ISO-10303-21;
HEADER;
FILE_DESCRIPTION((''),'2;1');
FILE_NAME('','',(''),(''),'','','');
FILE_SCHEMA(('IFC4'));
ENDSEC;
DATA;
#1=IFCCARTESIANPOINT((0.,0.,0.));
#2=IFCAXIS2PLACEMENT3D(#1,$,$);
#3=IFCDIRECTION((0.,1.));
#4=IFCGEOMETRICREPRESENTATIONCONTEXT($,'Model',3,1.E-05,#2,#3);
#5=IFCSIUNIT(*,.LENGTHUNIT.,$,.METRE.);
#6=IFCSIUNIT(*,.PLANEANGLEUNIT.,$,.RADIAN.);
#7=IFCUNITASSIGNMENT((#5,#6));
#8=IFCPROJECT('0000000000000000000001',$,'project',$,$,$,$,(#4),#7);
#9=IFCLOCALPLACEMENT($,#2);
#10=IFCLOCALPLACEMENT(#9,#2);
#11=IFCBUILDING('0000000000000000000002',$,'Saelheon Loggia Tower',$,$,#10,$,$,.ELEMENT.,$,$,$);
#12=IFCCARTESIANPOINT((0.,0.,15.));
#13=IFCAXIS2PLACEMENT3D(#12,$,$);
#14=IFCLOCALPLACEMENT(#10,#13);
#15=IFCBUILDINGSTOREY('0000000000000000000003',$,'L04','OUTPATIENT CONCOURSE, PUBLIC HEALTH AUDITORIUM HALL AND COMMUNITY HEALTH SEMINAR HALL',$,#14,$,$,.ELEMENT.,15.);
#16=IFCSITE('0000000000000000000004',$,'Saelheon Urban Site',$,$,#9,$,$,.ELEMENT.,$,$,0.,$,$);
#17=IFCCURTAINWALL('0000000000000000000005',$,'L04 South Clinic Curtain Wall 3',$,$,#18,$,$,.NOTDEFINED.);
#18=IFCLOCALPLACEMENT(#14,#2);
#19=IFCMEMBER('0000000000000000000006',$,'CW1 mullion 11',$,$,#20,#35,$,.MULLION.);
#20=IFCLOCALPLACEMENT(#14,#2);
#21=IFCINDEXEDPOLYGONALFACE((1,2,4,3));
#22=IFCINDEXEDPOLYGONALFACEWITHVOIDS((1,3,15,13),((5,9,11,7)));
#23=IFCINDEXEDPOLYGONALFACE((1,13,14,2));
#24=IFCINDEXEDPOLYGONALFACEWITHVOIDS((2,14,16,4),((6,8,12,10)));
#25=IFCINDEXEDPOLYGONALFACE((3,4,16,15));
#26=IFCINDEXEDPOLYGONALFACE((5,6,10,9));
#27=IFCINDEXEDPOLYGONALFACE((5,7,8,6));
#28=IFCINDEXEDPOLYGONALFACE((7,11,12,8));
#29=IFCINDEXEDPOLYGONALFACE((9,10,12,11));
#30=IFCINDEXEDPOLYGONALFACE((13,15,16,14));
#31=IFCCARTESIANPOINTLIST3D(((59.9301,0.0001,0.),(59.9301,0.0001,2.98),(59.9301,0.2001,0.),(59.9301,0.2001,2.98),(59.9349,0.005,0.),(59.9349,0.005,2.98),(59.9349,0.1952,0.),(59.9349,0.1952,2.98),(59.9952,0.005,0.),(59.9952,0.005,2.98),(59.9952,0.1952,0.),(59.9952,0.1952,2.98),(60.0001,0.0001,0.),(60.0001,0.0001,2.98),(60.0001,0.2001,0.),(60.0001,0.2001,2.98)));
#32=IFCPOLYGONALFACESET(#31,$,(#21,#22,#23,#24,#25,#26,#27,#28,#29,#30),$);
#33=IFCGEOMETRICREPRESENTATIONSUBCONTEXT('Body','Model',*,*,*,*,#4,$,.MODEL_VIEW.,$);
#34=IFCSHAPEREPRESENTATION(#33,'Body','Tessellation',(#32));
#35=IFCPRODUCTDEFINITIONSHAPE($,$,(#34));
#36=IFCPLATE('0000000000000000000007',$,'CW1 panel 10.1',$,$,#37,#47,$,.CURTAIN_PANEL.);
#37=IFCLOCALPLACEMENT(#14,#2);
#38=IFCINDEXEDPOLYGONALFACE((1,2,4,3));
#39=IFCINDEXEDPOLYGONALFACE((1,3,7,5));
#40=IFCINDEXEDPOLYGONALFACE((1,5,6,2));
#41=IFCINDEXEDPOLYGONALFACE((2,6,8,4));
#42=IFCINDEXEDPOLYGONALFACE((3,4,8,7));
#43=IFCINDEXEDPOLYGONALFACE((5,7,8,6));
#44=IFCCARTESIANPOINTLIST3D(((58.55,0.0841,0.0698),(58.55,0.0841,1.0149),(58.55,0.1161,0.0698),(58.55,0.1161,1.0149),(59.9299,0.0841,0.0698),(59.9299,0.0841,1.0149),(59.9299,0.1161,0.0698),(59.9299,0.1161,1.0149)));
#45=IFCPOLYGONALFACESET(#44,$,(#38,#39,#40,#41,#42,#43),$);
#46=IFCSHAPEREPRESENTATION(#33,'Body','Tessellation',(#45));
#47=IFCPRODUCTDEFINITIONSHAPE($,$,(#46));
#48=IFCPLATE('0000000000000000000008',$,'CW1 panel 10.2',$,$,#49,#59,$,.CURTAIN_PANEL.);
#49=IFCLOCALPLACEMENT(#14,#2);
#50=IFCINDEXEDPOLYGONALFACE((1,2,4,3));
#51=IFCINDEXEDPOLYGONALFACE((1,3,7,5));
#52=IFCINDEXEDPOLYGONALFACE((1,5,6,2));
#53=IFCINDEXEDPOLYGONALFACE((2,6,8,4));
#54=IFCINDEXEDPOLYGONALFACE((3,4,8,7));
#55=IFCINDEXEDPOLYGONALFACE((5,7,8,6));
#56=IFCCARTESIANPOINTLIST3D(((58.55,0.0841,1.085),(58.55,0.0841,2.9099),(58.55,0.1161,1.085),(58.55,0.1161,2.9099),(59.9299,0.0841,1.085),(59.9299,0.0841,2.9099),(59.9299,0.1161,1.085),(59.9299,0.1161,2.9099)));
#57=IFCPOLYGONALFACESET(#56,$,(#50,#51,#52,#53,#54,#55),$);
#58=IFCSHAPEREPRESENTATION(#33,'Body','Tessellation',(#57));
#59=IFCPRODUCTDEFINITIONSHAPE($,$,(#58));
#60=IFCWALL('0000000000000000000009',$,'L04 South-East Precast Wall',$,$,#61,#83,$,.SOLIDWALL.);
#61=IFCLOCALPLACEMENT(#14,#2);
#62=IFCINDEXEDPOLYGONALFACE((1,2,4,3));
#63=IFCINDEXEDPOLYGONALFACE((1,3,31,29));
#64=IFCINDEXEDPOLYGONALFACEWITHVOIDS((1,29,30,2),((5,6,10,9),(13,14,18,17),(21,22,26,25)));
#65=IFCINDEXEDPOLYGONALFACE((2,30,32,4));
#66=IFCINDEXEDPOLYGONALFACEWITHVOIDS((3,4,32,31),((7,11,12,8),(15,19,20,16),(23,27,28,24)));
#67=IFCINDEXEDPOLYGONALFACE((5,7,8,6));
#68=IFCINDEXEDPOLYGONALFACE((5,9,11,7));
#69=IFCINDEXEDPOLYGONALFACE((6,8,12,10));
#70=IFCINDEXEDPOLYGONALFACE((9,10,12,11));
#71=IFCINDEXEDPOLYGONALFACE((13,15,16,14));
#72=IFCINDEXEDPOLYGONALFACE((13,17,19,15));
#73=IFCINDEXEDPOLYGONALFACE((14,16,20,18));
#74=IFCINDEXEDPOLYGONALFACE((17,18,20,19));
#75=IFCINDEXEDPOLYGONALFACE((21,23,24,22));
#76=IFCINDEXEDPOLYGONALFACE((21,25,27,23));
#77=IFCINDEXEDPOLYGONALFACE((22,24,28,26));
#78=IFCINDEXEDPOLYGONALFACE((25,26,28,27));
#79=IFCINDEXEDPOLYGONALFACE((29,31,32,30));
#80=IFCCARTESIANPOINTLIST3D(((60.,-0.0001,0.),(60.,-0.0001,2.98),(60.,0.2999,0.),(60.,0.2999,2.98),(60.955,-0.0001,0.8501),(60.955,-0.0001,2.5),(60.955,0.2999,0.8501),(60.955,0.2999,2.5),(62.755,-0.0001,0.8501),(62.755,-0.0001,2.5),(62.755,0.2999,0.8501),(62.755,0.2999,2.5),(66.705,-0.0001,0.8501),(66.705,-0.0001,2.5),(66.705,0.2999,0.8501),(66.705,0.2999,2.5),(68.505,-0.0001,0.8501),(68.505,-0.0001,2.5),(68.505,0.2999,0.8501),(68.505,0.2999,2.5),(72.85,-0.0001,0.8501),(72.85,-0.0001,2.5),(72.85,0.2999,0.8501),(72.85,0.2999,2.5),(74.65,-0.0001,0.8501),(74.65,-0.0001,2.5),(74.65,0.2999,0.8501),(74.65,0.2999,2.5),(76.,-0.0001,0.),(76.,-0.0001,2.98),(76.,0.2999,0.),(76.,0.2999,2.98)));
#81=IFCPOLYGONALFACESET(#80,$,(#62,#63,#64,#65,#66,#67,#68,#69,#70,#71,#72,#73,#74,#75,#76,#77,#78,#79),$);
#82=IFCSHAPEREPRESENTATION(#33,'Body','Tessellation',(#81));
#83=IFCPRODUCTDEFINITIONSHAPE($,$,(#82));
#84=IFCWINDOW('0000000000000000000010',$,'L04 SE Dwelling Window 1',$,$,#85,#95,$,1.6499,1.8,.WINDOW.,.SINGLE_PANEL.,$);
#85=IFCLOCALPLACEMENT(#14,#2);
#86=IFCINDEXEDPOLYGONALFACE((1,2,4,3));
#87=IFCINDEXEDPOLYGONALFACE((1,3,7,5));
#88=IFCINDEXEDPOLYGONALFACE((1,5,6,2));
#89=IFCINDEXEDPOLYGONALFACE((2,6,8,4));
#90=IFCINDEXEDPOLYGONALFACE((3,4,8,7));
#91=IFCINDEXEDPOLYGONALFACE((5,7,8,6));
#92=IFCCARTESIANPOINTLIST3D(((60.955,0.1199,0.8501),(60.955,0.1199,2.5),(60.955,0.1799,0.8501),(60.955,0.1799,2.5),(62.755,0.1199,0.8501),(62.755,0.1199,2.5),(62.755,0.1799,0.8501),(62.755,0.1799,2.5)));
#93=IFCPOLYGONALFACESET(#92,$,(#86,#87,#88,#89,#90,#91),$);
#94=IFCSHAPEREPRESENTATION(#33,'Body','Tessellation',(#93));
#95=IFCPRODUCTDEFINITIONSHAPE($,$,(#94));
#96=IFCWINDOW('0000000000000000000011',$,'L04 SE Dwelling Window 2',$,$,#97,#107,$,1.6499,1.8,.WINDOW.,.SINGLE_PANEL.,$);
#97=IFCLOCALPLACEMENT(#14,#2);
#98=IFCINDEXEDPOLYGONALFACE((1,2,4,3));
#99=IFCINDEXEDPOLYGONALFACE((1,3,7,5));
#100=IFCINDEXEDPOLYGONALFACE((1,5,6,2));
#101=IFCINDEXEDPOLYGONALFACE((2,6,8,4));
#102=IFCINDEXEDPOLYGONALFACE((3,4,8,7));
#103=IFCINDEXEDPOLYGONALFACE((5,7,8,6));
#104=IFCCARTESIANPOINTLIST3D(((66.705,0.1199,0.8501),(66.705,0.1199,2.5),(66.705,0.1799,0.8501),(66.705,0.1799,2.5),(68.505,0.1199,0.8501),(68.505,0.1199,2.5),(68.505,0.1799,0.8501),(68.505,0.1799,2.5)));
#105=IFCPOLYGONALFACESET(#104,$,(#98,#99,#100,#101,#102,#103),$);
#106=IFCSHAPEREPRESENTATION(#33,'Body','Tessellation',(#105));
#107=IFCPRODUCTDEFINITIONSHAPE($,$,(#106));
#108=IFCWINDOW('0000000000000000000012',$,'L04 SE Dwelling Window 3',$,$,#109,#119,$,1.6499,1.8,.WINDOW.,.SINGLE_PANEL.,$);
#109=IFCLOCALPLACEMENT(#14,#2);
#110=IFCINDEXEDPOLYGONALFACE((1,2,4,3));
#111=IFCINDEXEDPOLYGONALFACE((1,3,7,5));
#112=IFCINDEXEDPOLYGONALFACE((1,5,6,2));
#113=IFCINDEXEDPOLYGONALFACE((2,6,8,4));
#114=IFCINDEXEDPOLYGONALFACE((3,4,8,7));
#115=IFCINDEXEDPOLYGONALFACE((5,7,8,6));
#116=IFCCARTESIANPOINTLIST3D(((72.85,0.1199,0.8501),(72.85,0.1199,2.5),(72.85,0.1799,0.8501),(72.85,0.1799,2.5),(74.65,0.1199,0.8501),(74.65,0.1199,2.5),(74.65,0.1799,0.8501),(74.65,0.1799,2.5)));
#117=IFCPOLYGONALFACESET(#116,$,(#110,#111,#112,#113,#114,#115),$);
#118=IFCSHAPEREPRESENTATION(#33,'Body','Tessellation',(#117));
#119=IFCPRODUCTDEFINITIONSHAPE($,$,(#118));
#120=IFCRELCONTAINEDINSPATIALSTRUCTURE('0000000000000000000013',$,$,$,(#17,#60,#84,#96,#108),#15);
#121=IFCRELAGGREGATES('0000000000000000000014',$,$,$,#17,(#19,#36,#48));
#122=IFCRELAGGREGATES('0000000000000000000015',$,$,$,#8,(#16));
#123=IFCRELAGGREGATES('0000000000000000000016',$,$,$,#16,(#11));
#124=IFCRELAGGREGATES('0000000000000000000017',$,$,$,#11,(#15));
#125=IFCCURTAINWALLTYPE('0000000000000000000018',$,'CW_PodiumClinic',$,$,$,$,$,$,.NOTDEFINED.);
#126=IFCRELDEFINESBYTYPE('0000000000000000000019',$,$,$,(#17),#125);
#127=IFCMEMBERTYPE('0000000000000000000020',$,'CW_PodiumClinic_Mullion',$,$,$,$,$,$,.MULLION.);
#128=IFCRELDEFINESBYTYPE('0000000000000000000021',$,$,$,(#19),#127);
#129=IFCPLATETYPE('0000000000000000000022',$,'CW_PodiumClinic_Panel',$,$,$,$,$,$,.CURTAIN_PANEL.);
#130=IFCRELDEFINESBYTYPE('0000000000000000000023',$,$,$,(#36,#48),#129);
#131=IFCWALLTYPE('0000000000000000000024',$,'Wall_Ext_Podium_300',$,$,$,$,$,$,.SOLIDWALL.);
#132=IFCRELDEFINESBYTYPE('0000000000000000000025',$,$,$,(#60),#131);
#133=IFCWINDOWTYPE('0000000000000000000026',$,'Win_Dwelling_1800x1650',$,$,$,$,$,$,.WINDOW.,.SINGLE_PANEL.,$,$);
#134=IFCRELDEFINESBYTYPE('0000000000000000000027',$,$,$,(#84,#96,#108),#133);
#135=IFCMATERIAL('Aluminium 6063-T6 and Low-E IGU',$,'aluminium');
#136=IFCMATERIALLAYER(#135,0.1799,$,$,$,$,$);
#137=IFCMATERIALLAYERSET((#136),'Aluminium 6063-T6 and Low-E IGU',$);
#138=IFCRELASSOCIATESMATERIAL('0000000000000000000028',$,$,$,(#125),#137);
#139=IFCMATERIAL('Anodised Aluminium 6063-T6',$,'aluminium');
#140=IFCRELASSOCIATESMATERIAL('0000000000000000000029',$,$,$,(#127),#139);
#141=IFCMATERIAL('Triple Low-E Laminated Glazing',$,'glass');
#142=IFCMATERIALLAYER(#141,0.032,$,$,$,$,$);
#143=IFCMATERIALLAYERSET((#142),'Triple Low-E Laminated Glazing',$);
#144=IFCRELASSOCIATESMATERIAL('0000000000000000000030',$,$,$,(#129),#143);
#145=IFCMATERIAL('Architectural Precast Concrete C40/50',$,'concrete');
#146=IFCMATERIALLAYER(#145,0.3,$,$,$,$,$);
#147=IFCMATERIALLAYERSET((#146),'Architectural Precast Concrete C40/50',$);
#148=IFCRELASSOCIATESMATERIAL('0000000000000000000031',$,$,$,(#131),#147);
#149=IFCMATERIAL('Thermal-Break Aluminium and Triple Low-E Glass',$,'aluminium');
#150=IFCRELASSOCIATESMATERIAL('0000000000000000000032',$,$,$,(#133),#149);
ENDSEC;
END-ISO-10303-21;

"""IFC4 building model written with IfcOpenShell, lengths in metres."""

from ifc_helpers import new_model, si_unit, direction, frame, frame_2d, origin, origin_2d, place, context, subcontext, project, spatial, rectangle, hollow_rectangle, extrude, source, transform, mapped, material, layer, layer_set, material_profile, profile_set, type_object, element, fill, aggregate, save


model = new_model("IFC4")

# Units and contexts
model_context = context("Model", 3, precision=1e-05, world=origin(), true_north=direction((0.0, 1.0)))
body_context = subcontext(model_context, "Body", "Model", "MODEL_VIEW")
ifc_project = project(units=[si_unit("LENGTHUNIT", "METRE"), si_unit("PLANEANGLEUNIT", "RADIAN")], contexts=[model_context])

# Site, building, storey
site_placement = place(None, origin())
site = spatial("IfcSite", under=ifc_project, at=site_placement, Name="Saelheon Urban Site", CompositionType="ELEMENT", RefElevation=0.0)
building_placement = place(site_placement, origin())
building = spatial("IfcBuilding", under=site, at=building_placement, Name="Saelheon Loggia Tower", CompositionType="ELEMENT")
storey_placement = place(building_placement, frame((0.0, 0.0, 15.0)))
storey = spatial("IfcBuildingStorey", under=building, at=storey_placement, Name="L04", Description="OUTPATIENT CONCOURSE, PUBLIC HEALTH AUDITORIUM HALL AND COMMUNITY HEALTH SEMINAR HALL", CompositionType="ELEMENT", Elevation=15.0)

# Curtain wall, member, plates
ifc_material_1 = material(Name="Aluminium 6063-T6 and Low-E IGU", Category="aluminium")
ifc_layer_1 = layer(ifc_material_1, 0.1799)
ifc_layer_set_1 = layer_set([ifc_layer_1], Name="Aluminium 6063-T6 and Low-E IGU")
curtain_wall_type = type_object("IfcCurtainWallType", Name="CW_PodiumClinic", PredefinedType="NOTDEFINED", material=ifc_layer_set_1)
curtain_wall_placement = place(storey_placement, origin())
curtain_wall = element("IfcCurtainWall", 1, at=curtain_wall_placement, inside=storey, type_object=curtain_wall_type, Name="L04 South Clinic Curtain Wall 3", PredefinedType="NOTDEFINED")
ifc_material_2 = material(Name="Anodised Aluminium 6063-T6", Category="aluminium")
ifc_material_profile_1 = material_profile(ifc_material_2, hollow_rectangle(XDim=0.0701, YDim=0.2, WallThickness=0.0049, at=origin_2d()), Name="RHS-200x70x5")
ifc_profile_set_1 = profile_set([ifc_material_profile_1], Name="Anodised Aluminium 6063-T6")
member_type_1 = type_object("IfcMemberType", Name="CW_PodiumClinic_Mullion", PredefinedType="MULLION", material=ifc_profile_set_1)
shared_shape_1 = source(origin(), body_context, "Body", "SweptSolid", [
    extrude(hollow_rectangle(XDim=0.0701, YDim=0.2, WallThickness=0.0049, at=origin_2d()), origin(), (0.0, 0.0, 1.0), 2.98),
])
member_1_placement = place(storey_placement, frame((59.9651, 0.1001, 0.0), z_axis=(0.0, 0.0, 1.0), x_axis=(1.0, 0.0, 0.0)))
member_1 = element("IfcMember", 2, at=member_1_placement, type_object=member_type_1, Name="CW1 mullion 11", PredefinedType="MULLION", context=body_context, shape_type="MappedRepresentation", body=[
    mapped(shared_shape_1, transform((0.0, 0.0, 0.0), scale=1.0)),
])
ifc_material_3 = material(Name="Triple Low-E Laminated Glazing", Category="glass")
ifc_layer_2 = layer(ifc_material_3, 0.032)
ifc_layer_set_2 = layer_set([ifc_layer_2], Name="Triple Low-E Laminated Glazing")
plate_type = type_object("IfcPlateType", Name="CW_PodiumClinic_Panel", PredefinedType="CURTAIN_PANEL", material=ifc_layer_set_2)
shared_shape_2 = source(origin(), body_context, "Body", "SweptSolid", [
    extrude(rectangle(XDim=1.3799, YDim=0.032, at=origin_2d()), origin(), (0.0, 0.0, 1.0), 0.9451),
])
plate_1_placement = place(storey_placement, frame((59.24, 0.1001, 0.0698), z_axis=(0.0, 0.0, 1.0), x_axis=(1.0, 0.0, 0.0)))
plate_1 = element("IfcPlate", 3, at=plate_1_placement, type_object=plate_type, Name="CW1 panel 10.1", PredefinedType="CURTAIN_PANEL", context=body_context, shape_type="MappedRepresentation", body=[
    mapped(shared_shape_2, transform((0.0, 0.0, 0.0), scale=1.0)),
])
shared_shape_3 = source(origin(), body_context, "Body", "SweptSolid", [
    extrude(rectangle(XDim=1.3799, YDim=0.032, at=origin_2d()), origin(), (0.0, 0.0, 1.0), 1.825),
])
plate_2_placement = place(storey_placement, frame((59.24, 0.1001, 1.085), z_axis=(0.0, 0.0, 1.0), x_axis=(1.0, 0.0, 0.0)))
plate_2 = element("IfcPlate", 4, at=plate_2_placement, type_object=plate_type, Name="CW1 panel 10.2", PredefinedType="CURTAIN_PANEL", context=body_context, shape_type="MappedRepresentation", body=[
    mapped(shared_shape_3, transform((0.0, 0.0, 0.0), scale=1.0)),
])
aggregate(curtain_wall, [member_1, plate_1, plate_2])

# Wall, openings, windows
ifc_material_4 = material(Name="Architectural Precast Concrete C40/50", Category="concrete")
ifc_layer_3 = layer(ifc_material_4, 0.3)
ifc_layer_set_3 = layer_set([ifc_layer_3], Name="Architectural Precast Concrete C40/50")
wall_type_1 = type_object("IfcWallType", Name="Wall_Ext_Podium_300", PredefinedType="SOLIDWALL", material=ifc_layer_set_3)
wall_1_placement = place(storey_placement, frame((60.0, 0.1499, 0.0), z_axis=(0.0, 0.0, 1.0), x_axis=(1.0, 0.0, 0.0)))
wall_1 = element("IfcWall", 5, at=wall_1_placement, inside=storey, type_object=wall_type_1, Name="L04 South-East Precast Wall", PredefinedType="SOLIDWALL", context=body_context, shape_type="SweptSolid", body=[
    extrude(rectangle(XDim=16.0, YDim=0.3, at=frame_2d((8.0, 0.0))), origin(), (0.0, 0.0, 1.0), 2.98),
])
opening_1_placement = place(wall_1_placement, frame((0.9551, 0.0, 0.8501)))
opening_1 = element("IfcOpeningElement", 6, at=opening_1_placement, cuts=wall_1, PredefinedType="OPENING", context=body_context, shape_type="SweptSolid", body=[
    extrude(rectangle(XDim=1.8, YDim=1.6499, at=frame_2d((0.8999, 0.825))), frame((0.0, 0.1621, 0.0), z_axis=(0.0, -1.0, 0.0), x_axis=(1.0, 0.0, 0.0)), (0.0, 0.0, 1.0), 0.324),
])
opening_2_placement = place(wall_1_placement, frame((6.7051, 0.0, 0.8501)))
opening_2 = element("IfcOpeningElement", 7, at=opening_2_placement, cuts=wall_1, PredefinedType="OPENING", context=body_context, shape_type="SweptSolid", body=[
    extrude(rectangle(XDim=1.8, YDim=1.6499, at=frame_2d((0.8999, 0.825))), frame((0.0, 0.1621, 0.0), z_axis=(0.0, -1.0, 0.0), x_axis=(1.0, 0.0, 0.0)), (0.0, 0.0, 1.0), 0.324),
])
opening_3_placement = place(wall_1_placement, frame((12.8501, 0.0, 0.8501)))
opening_3 = element("IfcOpeningElement", 8, at=opening_3_placement, cuts=wall_1, PredefinedType="OPENING", context=body_context, shape_type="SweptSolid", body=[
    extrude(rectangle(XDim=1.8, YDim=1.6499, at=frame_2d((0.8999, 0.825))), frame((0.0, 0.1621, 0.0), z_axis=(0.0, -1.0, 0.0), x_axis=(1.0, 0.0, 0.0)), (0.0, 0.0, 1.0), 0.324),
])
ifc_material_5 = material(Name="Thermal-Break Aluminium and Triple Low-E Glass", Category="aluminium")
window_type_1 = type_object("IfcWindowType", Name="Win_Dwelling_1800x1650", PartitioningType="SINGLE_PANEL", PredefinedType="WINDOW", material=ifc_material_5)
shared_shape_4 = source(origin(), body_context, "Body", "SweptSolid", [
    extrude(rectangle(XDim=1.8, YDim=1.6499, at=frame_2d((0.8999, 0.825))), frame((0.0, 0.03, 0.0), z_axis=(0.0, -1.0, 0.0), x_axis=(1.0, 0.0, 0.0)), (0.0, 0.0, 1.0), 0.0601),
])
window_1_placement = place(opening_1_placement, origin())
window_1 = element("IfcWindow", 9, at=window_1_placement, inside=storey, type_object=window_type_1, Name="L04 SE Dwelling Window 1", OverallHeight=1.6499, OverallWidth=1.8, PartitioningType="SINGLE_PANEL", PredefinedType="WINDOW", context=body_context, shape_type="MappedRepresentation", body=[
    mapped(shared_shape_4, transform((0.0, 0.0, 0.0), scale=1.0)),
])
fill(opening_1, window_1)
window_2_placement = place(opening_2_placement, origin())
window_2 = element("IfcWindow", 10, at=window_2_placement, inside=storey, type_object=window_type_1, Name="L04 SE Dwelling Window 2", OverallHeight=1.6499, OverallWidth=1.8, PartitioningType="SINGLE_PANEL", PredefinedType="WINDOW", context=body_context, shape_type="MappedRepresentation", body=[
    mapped(shared_shape_4, transform((0.0, 0.0, 0.0), scale=1.0)),
])
fill(opening_2, window_2)
window_3_placement = place(opening_3_placement, origin())
window_3 = element("IfcWindow", 11, at=window_3_placement, inside=storey, type_object=window_type_1, Name="L04 SE Dwelling Window 3", OverallHeight=1.6499, OverallWidth=1.8, PartitioningType="SINGLE_PANEL", PredefinedType="WINDOW", context=body_context, shape_type="MappedRepresentation", body=[
    mapped(shared_shape_4, transform((0.0, 0.0, 0.0), scale=1.0)),
])
fill(opening_3, window_3)

save(model, "model.ifc")
